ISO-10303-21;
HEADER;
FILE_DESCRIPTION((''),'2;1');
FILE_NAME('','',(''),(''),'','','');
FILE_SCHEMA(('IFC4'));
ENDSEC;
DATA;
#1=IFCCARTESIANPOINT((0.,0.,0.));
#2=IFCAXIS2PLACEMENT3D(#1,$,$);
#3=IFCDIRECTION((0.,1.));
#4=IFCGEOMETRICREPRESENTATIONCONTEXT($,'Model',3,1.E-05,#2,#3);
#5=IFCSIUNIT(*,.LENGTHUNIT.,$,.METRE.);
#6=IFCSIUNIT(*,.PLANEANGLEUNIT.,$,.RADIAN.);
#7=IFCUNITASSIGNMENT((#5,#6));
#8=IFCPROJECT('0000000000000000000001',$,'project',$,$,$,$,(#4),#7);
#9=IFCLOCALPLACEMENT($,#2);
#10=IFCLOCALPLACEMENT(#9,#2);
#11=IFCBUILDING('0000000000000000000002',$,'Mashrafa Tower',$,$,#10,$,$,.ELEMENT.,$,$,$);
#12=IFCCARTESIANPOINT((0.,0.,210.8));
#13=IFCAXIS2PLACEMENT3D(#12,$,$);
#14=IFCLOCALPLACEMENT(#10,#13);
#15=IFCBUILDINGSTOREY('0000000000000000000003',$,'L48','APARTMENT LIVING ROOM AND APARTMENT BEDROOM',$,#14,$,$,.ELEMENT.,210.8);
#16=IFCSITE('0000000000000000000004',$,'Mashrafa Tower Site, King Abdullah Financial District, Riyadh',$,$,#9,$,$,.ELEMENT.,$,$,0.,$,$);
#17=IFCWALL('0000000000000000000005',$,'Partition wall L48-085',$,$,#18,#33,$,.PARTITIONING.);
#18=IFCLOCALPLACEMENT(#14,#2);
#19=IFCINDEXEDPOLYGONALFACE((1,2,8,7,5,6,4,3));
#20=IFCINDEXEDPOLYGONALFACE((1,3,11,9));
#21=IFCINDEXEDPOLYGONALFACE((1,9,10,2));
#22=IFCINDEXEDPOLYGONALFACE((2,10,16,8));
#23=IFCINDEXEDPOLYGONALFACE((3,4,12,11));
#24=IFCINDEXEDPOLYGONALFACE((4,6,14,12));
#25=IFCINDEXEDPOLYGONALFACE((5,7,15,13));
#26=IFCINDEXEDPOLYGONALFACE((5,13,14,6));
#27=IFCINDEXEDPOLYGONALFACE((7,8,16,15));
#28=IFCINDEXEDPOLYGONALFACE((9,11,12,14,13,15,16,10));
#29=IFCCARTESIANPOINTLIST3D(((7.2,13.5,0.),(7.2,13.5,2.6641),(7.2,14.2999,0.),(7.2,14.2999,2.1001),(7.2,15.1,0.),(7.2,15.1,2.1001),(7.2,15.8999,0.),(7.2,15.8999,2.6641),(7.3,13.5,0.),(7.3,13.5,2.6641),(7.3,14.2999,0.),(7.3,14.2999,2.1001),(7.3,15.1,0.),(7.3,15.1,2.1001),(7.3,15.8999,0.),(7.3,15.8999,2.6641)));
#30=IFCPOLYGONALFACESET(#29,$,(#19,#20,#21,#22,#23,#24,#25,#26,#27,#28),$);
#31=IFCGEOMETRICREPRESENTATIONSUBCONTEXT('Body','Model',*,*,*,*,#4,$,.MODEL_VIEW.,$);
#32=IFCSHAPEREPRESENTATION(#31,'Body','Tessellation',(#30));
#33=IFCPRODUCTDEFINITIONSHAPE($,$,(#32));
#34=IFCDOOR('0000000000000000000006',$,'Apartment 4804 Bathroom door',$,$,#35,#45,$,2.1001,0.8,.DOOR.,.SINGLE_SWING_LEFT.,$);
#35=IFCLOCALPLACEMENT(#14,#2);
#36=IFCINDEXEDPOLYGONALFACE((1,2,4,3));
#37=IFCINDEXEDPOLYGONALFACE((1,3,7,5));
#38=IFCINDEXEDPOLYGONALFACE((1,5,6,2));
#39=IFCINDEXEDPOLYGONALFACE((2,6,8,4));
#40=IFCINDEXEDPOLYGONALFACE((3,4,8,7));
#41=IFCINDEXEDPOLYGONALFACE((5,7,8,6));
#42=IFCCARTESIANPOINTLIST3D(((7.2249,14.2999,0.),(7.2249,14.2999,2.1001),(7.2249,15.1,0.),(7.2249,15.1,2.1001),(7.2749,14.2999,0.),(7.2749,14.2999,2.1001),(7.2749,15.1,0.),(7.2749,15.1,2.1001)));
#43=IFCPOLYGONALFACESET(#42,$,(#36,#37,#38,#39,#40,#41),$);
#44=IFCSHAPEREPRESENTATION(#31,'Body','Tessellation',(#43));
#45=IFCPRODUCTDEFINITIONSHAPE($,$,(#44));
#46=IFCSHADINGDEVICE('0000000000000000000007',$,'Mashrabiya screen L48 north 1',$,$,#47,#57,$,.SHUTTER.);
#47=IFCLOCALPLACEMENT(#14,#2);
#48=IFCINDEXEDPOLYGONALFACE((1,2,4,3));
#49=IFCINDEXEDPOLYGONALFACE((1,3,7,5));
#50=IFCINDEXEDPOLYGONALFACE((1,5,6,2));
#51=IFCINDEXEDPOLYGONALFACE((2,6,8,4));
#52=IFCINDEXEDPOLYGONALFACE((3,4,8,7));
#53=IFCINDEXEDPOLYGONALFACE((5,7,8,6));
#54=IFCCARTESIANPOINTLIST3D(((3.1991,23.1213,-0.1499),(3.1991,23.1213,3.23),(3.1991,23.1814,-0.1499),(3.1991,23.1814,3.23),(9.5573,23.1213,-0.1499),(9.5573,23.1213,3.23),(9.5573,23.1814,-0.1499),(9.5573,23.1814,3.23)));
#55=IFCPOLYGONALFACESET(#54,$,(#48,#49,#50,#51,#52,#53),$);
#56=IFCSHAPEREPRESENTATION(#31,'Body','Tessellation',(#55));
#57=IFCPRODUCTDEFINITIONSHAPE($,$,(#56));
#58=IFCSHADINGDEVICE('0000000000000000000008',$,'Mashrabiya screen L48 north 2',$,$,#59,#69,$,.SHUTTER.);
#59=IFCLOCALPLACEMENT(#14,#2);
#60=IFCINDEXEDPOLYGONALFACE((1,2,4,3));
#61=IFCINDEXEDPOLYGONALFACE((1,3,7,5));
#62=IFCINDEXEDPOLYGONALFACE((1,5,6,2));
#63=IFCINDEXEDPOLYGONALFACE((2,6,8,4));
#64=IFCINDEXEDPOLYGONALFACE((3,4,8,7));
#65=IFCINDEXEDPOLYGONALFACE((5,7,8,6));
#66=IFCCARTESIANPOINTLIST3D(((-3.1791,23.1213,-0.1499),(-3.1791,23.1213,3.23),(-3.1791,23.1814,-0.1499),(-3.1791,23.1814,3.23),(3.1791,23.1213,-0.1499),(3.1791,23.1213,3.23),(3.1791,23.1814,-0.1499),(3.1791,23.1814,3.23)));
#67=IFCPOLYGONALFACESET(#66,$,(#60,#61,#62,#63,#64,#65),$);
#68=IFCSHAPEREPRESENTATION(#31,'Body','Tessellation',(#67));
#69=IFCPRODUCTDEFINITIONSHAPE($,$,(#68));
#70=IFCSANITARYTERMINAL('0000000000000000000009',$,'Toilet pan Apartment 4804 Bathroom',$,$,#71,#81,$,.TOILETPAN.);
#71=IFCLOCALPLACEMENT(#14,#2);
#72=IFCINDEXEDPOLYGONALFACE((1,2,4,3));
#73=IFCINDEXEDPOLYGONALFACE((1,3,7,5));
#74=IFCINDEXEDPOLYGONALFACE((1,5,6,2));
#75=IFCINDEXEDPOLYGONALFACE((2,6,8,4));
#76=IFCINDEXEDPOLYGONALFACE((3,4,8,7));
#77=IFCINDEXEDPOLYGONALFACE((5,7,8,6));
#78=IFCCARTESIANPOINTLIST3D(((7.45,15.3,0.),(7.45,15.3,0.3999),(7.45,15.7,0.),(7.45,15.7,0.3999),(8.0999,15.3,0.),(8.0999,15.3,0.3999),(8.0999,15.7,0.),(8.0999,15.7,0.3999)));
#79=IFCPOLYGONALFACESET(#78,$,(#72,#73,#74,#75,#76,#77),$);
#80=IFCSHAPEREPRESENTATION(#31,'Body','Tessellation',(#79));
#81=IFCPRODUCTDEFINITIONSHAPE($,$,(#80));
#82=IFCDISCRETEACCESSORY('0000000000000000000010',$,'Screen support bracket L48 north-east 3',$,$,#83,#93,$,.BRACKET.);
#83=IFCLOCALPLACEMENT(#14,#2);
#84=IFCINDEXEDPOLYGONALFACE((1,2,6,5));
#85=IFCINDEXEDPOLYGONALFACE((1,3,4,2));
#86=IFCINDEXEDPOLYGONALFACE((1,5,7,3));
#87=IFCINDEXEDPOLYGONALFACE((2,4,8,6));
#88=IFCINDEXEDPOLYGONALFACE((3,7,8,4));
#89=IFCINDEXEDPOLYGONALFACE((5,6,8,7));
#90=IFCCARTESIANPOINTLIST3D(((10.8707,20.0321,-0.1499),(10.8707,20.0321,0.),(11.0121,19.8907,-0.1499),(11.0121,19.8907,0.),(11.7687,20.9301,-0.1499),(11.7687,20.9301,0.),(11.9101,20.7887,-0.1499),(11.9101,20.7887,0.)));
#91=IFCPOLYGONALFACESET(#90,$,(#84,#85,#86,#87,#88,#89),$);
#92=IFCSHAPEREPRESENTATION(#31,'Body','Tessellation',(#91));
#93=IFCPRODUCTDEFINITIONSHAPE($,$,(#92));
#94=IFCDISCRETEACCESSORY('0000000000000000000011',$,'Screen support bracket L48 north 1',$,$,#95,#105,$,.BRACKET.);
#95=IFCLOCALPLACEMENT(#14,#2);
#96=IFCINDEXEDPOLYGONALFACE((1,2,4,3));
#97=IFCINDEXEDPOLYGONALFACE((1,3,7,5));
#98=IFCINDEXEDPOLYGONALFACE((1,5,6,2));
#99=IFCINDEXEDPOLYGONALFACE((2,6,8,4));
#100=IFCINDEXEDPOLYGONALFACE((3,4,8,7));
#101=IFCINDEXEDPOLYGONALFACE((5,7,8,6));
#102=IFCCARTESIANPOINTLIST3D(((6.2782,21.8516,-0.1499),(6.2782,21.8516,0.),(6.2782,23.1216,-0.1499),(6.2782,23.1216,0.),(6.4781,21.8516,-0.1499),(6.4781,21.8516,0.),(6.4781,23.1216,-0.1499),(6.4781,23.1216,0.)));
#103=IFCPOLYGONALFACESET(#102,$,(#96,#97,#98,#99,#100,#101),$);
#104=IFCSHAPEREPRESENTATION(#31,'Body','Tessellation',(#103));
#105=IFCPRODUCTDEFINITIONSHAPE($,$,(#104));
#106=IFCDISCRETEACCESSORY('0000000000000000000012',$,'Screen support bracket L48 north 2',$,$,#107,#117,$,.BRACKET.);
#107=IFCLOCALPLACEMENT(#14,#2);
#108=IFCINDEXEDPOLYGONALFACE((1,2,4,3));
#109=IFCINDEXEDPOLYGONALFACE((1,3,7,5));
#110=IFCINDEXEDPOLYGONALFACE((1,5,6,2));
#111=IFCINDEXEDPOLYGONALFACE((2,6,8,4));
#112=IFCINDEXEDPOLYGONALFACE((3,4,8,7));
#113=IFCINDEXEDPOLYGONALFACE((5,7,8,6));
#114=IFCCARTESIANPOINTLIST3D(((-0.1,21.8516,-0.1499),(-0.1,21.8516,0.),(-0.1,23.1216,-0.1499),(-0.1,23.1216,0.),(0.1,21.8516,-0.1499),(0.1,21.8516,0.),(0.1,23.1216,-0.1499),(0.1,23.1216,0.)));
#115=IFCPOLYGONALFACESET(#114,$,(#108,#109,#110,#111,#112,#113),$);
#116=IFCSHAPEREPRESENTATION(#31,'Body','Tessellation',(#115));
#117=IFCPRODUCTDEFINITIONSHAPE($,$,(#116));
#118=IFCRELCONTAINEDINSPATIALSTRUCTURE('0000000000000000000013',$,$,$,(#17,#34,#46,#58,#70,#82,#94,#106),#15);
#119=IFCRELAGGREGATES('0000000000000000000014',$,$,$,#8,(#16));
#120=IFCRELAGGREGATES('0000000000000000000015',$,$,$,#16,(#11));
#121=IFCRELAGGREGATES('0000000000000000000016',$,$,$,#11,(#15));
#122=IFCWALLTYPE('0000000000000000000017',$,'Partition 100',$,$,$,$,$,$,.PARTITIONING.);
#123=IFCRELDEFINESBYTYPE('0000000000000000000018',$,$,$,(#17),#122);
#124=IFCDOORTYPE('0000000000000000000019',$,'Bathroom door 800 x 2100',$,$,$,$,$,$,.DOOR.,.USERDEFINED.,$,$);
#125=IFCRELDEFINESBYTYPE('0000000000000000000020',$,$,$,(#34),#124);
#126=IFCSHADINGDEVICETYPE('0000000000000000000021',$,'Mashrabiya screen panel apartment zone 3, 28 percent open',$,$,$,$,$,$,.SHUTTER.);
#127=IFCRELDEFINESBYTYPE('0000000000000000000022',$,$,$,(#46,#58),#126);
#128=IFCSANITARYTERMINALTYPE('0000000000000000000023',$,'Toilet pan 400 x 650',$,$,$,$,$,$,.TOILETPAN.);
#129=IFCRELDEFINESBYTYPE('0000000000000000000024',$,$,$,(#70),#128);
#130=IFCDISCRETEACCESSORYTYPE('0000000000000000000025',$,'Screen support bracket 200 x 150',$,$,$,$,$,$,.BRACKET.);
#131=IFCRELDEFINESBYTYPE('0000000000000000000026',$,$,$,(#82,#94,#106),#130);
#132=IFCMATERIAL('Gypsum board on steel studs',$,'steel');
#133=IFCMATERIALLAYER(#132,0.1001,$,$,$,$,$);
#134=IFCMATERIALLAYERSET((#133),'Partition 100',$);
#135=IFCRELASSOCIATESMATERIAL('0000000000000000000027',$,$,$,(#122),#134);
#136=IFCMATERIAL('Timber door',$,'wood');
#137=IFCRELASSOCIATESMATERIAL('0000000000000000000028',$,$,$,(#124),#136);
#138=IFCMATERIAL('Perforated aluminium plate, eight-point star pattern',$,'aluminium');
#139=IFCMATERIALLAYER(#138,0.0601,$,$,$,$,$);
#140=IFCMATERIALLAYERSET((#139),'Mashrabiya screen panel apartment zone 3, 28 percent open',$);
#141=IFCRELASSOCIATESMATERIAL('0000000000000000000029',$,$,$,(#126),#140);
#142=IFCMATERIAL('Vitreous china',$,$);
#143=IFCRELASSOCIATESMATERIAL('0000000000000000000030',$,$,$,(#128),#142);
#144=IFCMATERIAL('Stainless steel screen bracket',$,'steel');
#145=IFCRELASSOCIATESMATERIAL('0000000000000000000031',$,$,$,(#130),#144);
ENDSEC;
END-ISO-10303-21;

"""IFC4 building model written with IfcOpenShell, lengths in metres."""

from ifc_helpers import new_model, si_unit, direction, frame, frame_2d, origin, origin_2d, place, context, subcontext, project, spatial, rectangle, extrude, source, transform, mapped, material, layer, layer_set, type_object, type_shapes, element, fill, save


model = new_model("IFC4")

# Units and contexts
model_context = context("Model", 3, precision=1e-05, world=origin(), true_north=direction((0.0, 1.0)))
body_context = subcontext(model_context, "Body", "Model", "MODEL_VIEW")
ifc_project = project(units=[si_unit("LENGTHUNIT", "METRE"), si_unit("PLANEANGLEUNIT", "RADIAN")], contexts=[model_context])

# Site, building, storey
site_placement = place(None, origin())
site = spatial("IfcSite", under=ifc_project, at=site_placement, Name="Mashrafa Tower Site, King Abdullah Financial District, Riyadh", CompositionType="ELEMENT", RefElevation=0.0)
building_placement = place(site_placement, origin())
building = spatial("IfcBuilding", under=site, at=building_placement, Name="Mashrafa Tower", CompositionType="ELEMENT")
storey_placement = place(building_placement, frame((0.0, 0.0, 210.8)))
storey = spatial("IfcBuildingStorey", under=building, at=storey_placement, Name="L48", Description="APARTMENT LIVING ROOM AND APARTMENT BEDROOM", CompositionType="ELEMENT", Elevation=210.8)

# Shared definitions
ifc_material_1 = material(Name="Gypsum board on steel studs", Category="steel")
ifc_layer_1 = layer(ifc_material_1, 0.1001)
ifc_layer_set_1 = layer_set([ifc_layer_1], Name="Partition 100")
wall_type_1 = type_object("IfcWallType", Name="Partition 100", PredefinedType="PARTITIONING", material=ifc_layer_set_1)

# Wall, opening, door
wall_1_placement = place(storey_placement, frame((7.25, 15.8999, 0.0), z_axis=(0.0, 0.0, 1.0), x_axis=(0.0, -1.0, 0.0)))
wall_1 = element("IfcWall", 1, at=wall_1_placement, inside=storey, type_object=wall_type_1, Name="Partition wall L48-085", PredefinedType="PARTITIONING", context=body_context, shape_type="SweptSolid", body=[
    extrude(rectangle(XDim=2.3999, YDim=0.1001, at=frame_2d((1.2, 0.0))), origin(), (0.0, 0.0, 1.0), 2.6641),
])
opening_1_placement = place(wall_1_placement, frame((0.8, 0.0, 0.0)))
opening_1 = element("IfcOpeningElement", 2, at=opening_1_placement, cuts=wall_1, PredefinedType="OPENING", context=body_context, shape_type="SweptSolid", body=[
    extrude(rectangle(XDim=0.8, YDim=2.1001, at=frame_2d((0.3999, 1.05))), frame((0.0, 0.0601, 0.0), z_axis=(0.0, -1.0, 0.0), x_axis=(1.0, 0.0, 0.0)), (0.0, 0.0, 1.0), 0.1201),
])
ifc_material_2 = material(Name="Timber door", Category="wood")
door_type_1 = type_object("IfcDoorType", Name="Bathroom door 800 x 2100", OperationType="USERDEFINED", PredefinedType="DOOR", material=ifc_material_2)
door_1_placement = place(opening_1_placement, origin())
door_1 = element("IfcDoor", 3, at=door_1_placement, inside=storey, type_object=door_type_1, Name="Apartment 4804 Bathroom door", OperationType="SINGLE_SWING_LEFT", OverallHeight=2.1001, OverallWidth=0.8, PredefinedType="DOOR", context=body_context, shape_type="SweptSolid", body=[
    extrude(rectangle(XDim=0.8, YDim=2.1001, at=frame_2d((0.3999, 1.05))), frame((0.0, 0.0249, 0.0), z_axis=(0.0, -1.0, 0.0), x_axis=(1.0, 0.0, 0.0)), (0.0, 0.0, 1.0), 0.05),
])
fill(opening_1, door_1)

# Shading devices
ifc_material_3 = material(Name="Perforated aluminium plate, eight-point star pattern", Category="aluminium")
ifc_layer_2 = layer(ifc_material_3, 0.0601)
ifc_layer_set_2 = layer_set([ifc_layer_2], Name="Mashrabiya screen panel apartment zone 3, 28 percent open")
shading_device_type = type_object("IfcShadingDeviceType", Name="Mashrabiya screen panel apartment zone 3, 28 percent open", PredefinedType="SHUTTER", material=ifc_layer_set_2)
shared_shape_1 = source(origin(), body_context, "Body", "SweptSolid", [
    extrude(rectangle(XDim=6.3582, YDim=0.0601, at=origin_2d()), origin(), (0.0, 0.0, 1.0), 3.3799),
])
type_shapes(shading_device_type, [shared_shape_1])
for number, where, z_axis, x_axis, name in (
    (4, (6.3782, 23.1514, -0.1499), (0.0, 0.0, 1.0), (-1.0, 0.0, 0.0), "Mashrabiya screen L48 north 1"),
    (5, (0.0, 23.1514, -0.1499), (0.0, 0.0, 1.0), (-1.0, 0.0, 0.0), "Mashrabiya screen L48 north 2"),
):
    element("IfcShadingDevice", number, at=place(storey_placement, frame(where, z_axis=z_axis, x_axis=x_axis)), inside=storey, type_object=shading_device_type, Name=name, PredefinedType="SHUTTER", context=body_context, shape_type="MappedRepresentation", body=[
        mapped(shared_shape_1, transform((0.0, 0.0, 0.0))),
    ])

# Sanitary terminal
ifc_material_4 = material(Name="Vitreous china")
sanitary_terminal_type = type_object("IfcSanitaryTerminalType", Name="Toilet pan 400 x 650", PredefinedType="TOILETPAN", material=ifc_material_4)
sanitary_terminal_placement = place(storey_placement, frame((7.7749, 15.5, 0.0), z_axis=(0.0, 0.0, 1.0), x_axis=(0.0, -1.0, 0.0)))
element("IfcSanitaryTerminal", 6, at=sanitary_terminal_placement, inside=storey, type_object=sanitary_terminal_type, Name="Toilet pan Apartment 4804 Bathroom", PredefinedType="TOILETPAN", context=body_context, shape_type="SweptSolid", body=[
    extrude(rectangle(XDim=0.3999, YDim=0.6499, at=origin_2d()), origin(), (0.0, 0.0, 1.0), 0.3999),
])

# Discrete accessories
ifc_material_5 = material(Name="Stainless steel screen bracket", Category="steel")
discrete_accessory_type = type_object("IfcDiscreteAccessoryType", Name="Screen support bracket 200 x 150", PredefinedType="BRACKET", material=ifc_material_5)
shared_shape_2 = source(origin(), body_context, "Body", "SweptSolid", [
    extrude(rectangle(XDim=0.2, YDim=1.27, at=origin_2d()), origin(), (0.0, 0.0, 1.0), 0.1499),
])
type_shapes(discrete_accessory_type, [shared_shape_2])
for number, where, z_axis, x_axis, name in (
    (7, (11.3904, 20.4104, -0.1499), (0.0, 0.0, 1.0), (-0.707107, 0.707107, 0.0), "Screen support bracket L48 north-east 3"),
    (8, (6.3782, 22.4866, -0.1499), (0.0, 0.0, 1.0), (-1.0, 0.0, 0.0), "Screen support bracket L48 north 1"),
    (9, (0.0, 22.4866, -0.1499), (0.0, 0.0, 1.0), (-1.0, 0.0, 0.0), "Screen support bracket L48 north 2"),
):
    element("IfcDiscreteAccessory", number, at=place(storey_placement, frame(where, z_axis=z_axis, x_axis=x_axis)), inside=storey, type_object=discrete_accessory_type, Name=name, PredefinedType="BRACKET", context=body_context, shape_type="MappedRepresentation", body=[
        mapped(shared_shape_2, transform((0.0, 0.0, 0.0))),
    ])

save(model, "model.ifc")
